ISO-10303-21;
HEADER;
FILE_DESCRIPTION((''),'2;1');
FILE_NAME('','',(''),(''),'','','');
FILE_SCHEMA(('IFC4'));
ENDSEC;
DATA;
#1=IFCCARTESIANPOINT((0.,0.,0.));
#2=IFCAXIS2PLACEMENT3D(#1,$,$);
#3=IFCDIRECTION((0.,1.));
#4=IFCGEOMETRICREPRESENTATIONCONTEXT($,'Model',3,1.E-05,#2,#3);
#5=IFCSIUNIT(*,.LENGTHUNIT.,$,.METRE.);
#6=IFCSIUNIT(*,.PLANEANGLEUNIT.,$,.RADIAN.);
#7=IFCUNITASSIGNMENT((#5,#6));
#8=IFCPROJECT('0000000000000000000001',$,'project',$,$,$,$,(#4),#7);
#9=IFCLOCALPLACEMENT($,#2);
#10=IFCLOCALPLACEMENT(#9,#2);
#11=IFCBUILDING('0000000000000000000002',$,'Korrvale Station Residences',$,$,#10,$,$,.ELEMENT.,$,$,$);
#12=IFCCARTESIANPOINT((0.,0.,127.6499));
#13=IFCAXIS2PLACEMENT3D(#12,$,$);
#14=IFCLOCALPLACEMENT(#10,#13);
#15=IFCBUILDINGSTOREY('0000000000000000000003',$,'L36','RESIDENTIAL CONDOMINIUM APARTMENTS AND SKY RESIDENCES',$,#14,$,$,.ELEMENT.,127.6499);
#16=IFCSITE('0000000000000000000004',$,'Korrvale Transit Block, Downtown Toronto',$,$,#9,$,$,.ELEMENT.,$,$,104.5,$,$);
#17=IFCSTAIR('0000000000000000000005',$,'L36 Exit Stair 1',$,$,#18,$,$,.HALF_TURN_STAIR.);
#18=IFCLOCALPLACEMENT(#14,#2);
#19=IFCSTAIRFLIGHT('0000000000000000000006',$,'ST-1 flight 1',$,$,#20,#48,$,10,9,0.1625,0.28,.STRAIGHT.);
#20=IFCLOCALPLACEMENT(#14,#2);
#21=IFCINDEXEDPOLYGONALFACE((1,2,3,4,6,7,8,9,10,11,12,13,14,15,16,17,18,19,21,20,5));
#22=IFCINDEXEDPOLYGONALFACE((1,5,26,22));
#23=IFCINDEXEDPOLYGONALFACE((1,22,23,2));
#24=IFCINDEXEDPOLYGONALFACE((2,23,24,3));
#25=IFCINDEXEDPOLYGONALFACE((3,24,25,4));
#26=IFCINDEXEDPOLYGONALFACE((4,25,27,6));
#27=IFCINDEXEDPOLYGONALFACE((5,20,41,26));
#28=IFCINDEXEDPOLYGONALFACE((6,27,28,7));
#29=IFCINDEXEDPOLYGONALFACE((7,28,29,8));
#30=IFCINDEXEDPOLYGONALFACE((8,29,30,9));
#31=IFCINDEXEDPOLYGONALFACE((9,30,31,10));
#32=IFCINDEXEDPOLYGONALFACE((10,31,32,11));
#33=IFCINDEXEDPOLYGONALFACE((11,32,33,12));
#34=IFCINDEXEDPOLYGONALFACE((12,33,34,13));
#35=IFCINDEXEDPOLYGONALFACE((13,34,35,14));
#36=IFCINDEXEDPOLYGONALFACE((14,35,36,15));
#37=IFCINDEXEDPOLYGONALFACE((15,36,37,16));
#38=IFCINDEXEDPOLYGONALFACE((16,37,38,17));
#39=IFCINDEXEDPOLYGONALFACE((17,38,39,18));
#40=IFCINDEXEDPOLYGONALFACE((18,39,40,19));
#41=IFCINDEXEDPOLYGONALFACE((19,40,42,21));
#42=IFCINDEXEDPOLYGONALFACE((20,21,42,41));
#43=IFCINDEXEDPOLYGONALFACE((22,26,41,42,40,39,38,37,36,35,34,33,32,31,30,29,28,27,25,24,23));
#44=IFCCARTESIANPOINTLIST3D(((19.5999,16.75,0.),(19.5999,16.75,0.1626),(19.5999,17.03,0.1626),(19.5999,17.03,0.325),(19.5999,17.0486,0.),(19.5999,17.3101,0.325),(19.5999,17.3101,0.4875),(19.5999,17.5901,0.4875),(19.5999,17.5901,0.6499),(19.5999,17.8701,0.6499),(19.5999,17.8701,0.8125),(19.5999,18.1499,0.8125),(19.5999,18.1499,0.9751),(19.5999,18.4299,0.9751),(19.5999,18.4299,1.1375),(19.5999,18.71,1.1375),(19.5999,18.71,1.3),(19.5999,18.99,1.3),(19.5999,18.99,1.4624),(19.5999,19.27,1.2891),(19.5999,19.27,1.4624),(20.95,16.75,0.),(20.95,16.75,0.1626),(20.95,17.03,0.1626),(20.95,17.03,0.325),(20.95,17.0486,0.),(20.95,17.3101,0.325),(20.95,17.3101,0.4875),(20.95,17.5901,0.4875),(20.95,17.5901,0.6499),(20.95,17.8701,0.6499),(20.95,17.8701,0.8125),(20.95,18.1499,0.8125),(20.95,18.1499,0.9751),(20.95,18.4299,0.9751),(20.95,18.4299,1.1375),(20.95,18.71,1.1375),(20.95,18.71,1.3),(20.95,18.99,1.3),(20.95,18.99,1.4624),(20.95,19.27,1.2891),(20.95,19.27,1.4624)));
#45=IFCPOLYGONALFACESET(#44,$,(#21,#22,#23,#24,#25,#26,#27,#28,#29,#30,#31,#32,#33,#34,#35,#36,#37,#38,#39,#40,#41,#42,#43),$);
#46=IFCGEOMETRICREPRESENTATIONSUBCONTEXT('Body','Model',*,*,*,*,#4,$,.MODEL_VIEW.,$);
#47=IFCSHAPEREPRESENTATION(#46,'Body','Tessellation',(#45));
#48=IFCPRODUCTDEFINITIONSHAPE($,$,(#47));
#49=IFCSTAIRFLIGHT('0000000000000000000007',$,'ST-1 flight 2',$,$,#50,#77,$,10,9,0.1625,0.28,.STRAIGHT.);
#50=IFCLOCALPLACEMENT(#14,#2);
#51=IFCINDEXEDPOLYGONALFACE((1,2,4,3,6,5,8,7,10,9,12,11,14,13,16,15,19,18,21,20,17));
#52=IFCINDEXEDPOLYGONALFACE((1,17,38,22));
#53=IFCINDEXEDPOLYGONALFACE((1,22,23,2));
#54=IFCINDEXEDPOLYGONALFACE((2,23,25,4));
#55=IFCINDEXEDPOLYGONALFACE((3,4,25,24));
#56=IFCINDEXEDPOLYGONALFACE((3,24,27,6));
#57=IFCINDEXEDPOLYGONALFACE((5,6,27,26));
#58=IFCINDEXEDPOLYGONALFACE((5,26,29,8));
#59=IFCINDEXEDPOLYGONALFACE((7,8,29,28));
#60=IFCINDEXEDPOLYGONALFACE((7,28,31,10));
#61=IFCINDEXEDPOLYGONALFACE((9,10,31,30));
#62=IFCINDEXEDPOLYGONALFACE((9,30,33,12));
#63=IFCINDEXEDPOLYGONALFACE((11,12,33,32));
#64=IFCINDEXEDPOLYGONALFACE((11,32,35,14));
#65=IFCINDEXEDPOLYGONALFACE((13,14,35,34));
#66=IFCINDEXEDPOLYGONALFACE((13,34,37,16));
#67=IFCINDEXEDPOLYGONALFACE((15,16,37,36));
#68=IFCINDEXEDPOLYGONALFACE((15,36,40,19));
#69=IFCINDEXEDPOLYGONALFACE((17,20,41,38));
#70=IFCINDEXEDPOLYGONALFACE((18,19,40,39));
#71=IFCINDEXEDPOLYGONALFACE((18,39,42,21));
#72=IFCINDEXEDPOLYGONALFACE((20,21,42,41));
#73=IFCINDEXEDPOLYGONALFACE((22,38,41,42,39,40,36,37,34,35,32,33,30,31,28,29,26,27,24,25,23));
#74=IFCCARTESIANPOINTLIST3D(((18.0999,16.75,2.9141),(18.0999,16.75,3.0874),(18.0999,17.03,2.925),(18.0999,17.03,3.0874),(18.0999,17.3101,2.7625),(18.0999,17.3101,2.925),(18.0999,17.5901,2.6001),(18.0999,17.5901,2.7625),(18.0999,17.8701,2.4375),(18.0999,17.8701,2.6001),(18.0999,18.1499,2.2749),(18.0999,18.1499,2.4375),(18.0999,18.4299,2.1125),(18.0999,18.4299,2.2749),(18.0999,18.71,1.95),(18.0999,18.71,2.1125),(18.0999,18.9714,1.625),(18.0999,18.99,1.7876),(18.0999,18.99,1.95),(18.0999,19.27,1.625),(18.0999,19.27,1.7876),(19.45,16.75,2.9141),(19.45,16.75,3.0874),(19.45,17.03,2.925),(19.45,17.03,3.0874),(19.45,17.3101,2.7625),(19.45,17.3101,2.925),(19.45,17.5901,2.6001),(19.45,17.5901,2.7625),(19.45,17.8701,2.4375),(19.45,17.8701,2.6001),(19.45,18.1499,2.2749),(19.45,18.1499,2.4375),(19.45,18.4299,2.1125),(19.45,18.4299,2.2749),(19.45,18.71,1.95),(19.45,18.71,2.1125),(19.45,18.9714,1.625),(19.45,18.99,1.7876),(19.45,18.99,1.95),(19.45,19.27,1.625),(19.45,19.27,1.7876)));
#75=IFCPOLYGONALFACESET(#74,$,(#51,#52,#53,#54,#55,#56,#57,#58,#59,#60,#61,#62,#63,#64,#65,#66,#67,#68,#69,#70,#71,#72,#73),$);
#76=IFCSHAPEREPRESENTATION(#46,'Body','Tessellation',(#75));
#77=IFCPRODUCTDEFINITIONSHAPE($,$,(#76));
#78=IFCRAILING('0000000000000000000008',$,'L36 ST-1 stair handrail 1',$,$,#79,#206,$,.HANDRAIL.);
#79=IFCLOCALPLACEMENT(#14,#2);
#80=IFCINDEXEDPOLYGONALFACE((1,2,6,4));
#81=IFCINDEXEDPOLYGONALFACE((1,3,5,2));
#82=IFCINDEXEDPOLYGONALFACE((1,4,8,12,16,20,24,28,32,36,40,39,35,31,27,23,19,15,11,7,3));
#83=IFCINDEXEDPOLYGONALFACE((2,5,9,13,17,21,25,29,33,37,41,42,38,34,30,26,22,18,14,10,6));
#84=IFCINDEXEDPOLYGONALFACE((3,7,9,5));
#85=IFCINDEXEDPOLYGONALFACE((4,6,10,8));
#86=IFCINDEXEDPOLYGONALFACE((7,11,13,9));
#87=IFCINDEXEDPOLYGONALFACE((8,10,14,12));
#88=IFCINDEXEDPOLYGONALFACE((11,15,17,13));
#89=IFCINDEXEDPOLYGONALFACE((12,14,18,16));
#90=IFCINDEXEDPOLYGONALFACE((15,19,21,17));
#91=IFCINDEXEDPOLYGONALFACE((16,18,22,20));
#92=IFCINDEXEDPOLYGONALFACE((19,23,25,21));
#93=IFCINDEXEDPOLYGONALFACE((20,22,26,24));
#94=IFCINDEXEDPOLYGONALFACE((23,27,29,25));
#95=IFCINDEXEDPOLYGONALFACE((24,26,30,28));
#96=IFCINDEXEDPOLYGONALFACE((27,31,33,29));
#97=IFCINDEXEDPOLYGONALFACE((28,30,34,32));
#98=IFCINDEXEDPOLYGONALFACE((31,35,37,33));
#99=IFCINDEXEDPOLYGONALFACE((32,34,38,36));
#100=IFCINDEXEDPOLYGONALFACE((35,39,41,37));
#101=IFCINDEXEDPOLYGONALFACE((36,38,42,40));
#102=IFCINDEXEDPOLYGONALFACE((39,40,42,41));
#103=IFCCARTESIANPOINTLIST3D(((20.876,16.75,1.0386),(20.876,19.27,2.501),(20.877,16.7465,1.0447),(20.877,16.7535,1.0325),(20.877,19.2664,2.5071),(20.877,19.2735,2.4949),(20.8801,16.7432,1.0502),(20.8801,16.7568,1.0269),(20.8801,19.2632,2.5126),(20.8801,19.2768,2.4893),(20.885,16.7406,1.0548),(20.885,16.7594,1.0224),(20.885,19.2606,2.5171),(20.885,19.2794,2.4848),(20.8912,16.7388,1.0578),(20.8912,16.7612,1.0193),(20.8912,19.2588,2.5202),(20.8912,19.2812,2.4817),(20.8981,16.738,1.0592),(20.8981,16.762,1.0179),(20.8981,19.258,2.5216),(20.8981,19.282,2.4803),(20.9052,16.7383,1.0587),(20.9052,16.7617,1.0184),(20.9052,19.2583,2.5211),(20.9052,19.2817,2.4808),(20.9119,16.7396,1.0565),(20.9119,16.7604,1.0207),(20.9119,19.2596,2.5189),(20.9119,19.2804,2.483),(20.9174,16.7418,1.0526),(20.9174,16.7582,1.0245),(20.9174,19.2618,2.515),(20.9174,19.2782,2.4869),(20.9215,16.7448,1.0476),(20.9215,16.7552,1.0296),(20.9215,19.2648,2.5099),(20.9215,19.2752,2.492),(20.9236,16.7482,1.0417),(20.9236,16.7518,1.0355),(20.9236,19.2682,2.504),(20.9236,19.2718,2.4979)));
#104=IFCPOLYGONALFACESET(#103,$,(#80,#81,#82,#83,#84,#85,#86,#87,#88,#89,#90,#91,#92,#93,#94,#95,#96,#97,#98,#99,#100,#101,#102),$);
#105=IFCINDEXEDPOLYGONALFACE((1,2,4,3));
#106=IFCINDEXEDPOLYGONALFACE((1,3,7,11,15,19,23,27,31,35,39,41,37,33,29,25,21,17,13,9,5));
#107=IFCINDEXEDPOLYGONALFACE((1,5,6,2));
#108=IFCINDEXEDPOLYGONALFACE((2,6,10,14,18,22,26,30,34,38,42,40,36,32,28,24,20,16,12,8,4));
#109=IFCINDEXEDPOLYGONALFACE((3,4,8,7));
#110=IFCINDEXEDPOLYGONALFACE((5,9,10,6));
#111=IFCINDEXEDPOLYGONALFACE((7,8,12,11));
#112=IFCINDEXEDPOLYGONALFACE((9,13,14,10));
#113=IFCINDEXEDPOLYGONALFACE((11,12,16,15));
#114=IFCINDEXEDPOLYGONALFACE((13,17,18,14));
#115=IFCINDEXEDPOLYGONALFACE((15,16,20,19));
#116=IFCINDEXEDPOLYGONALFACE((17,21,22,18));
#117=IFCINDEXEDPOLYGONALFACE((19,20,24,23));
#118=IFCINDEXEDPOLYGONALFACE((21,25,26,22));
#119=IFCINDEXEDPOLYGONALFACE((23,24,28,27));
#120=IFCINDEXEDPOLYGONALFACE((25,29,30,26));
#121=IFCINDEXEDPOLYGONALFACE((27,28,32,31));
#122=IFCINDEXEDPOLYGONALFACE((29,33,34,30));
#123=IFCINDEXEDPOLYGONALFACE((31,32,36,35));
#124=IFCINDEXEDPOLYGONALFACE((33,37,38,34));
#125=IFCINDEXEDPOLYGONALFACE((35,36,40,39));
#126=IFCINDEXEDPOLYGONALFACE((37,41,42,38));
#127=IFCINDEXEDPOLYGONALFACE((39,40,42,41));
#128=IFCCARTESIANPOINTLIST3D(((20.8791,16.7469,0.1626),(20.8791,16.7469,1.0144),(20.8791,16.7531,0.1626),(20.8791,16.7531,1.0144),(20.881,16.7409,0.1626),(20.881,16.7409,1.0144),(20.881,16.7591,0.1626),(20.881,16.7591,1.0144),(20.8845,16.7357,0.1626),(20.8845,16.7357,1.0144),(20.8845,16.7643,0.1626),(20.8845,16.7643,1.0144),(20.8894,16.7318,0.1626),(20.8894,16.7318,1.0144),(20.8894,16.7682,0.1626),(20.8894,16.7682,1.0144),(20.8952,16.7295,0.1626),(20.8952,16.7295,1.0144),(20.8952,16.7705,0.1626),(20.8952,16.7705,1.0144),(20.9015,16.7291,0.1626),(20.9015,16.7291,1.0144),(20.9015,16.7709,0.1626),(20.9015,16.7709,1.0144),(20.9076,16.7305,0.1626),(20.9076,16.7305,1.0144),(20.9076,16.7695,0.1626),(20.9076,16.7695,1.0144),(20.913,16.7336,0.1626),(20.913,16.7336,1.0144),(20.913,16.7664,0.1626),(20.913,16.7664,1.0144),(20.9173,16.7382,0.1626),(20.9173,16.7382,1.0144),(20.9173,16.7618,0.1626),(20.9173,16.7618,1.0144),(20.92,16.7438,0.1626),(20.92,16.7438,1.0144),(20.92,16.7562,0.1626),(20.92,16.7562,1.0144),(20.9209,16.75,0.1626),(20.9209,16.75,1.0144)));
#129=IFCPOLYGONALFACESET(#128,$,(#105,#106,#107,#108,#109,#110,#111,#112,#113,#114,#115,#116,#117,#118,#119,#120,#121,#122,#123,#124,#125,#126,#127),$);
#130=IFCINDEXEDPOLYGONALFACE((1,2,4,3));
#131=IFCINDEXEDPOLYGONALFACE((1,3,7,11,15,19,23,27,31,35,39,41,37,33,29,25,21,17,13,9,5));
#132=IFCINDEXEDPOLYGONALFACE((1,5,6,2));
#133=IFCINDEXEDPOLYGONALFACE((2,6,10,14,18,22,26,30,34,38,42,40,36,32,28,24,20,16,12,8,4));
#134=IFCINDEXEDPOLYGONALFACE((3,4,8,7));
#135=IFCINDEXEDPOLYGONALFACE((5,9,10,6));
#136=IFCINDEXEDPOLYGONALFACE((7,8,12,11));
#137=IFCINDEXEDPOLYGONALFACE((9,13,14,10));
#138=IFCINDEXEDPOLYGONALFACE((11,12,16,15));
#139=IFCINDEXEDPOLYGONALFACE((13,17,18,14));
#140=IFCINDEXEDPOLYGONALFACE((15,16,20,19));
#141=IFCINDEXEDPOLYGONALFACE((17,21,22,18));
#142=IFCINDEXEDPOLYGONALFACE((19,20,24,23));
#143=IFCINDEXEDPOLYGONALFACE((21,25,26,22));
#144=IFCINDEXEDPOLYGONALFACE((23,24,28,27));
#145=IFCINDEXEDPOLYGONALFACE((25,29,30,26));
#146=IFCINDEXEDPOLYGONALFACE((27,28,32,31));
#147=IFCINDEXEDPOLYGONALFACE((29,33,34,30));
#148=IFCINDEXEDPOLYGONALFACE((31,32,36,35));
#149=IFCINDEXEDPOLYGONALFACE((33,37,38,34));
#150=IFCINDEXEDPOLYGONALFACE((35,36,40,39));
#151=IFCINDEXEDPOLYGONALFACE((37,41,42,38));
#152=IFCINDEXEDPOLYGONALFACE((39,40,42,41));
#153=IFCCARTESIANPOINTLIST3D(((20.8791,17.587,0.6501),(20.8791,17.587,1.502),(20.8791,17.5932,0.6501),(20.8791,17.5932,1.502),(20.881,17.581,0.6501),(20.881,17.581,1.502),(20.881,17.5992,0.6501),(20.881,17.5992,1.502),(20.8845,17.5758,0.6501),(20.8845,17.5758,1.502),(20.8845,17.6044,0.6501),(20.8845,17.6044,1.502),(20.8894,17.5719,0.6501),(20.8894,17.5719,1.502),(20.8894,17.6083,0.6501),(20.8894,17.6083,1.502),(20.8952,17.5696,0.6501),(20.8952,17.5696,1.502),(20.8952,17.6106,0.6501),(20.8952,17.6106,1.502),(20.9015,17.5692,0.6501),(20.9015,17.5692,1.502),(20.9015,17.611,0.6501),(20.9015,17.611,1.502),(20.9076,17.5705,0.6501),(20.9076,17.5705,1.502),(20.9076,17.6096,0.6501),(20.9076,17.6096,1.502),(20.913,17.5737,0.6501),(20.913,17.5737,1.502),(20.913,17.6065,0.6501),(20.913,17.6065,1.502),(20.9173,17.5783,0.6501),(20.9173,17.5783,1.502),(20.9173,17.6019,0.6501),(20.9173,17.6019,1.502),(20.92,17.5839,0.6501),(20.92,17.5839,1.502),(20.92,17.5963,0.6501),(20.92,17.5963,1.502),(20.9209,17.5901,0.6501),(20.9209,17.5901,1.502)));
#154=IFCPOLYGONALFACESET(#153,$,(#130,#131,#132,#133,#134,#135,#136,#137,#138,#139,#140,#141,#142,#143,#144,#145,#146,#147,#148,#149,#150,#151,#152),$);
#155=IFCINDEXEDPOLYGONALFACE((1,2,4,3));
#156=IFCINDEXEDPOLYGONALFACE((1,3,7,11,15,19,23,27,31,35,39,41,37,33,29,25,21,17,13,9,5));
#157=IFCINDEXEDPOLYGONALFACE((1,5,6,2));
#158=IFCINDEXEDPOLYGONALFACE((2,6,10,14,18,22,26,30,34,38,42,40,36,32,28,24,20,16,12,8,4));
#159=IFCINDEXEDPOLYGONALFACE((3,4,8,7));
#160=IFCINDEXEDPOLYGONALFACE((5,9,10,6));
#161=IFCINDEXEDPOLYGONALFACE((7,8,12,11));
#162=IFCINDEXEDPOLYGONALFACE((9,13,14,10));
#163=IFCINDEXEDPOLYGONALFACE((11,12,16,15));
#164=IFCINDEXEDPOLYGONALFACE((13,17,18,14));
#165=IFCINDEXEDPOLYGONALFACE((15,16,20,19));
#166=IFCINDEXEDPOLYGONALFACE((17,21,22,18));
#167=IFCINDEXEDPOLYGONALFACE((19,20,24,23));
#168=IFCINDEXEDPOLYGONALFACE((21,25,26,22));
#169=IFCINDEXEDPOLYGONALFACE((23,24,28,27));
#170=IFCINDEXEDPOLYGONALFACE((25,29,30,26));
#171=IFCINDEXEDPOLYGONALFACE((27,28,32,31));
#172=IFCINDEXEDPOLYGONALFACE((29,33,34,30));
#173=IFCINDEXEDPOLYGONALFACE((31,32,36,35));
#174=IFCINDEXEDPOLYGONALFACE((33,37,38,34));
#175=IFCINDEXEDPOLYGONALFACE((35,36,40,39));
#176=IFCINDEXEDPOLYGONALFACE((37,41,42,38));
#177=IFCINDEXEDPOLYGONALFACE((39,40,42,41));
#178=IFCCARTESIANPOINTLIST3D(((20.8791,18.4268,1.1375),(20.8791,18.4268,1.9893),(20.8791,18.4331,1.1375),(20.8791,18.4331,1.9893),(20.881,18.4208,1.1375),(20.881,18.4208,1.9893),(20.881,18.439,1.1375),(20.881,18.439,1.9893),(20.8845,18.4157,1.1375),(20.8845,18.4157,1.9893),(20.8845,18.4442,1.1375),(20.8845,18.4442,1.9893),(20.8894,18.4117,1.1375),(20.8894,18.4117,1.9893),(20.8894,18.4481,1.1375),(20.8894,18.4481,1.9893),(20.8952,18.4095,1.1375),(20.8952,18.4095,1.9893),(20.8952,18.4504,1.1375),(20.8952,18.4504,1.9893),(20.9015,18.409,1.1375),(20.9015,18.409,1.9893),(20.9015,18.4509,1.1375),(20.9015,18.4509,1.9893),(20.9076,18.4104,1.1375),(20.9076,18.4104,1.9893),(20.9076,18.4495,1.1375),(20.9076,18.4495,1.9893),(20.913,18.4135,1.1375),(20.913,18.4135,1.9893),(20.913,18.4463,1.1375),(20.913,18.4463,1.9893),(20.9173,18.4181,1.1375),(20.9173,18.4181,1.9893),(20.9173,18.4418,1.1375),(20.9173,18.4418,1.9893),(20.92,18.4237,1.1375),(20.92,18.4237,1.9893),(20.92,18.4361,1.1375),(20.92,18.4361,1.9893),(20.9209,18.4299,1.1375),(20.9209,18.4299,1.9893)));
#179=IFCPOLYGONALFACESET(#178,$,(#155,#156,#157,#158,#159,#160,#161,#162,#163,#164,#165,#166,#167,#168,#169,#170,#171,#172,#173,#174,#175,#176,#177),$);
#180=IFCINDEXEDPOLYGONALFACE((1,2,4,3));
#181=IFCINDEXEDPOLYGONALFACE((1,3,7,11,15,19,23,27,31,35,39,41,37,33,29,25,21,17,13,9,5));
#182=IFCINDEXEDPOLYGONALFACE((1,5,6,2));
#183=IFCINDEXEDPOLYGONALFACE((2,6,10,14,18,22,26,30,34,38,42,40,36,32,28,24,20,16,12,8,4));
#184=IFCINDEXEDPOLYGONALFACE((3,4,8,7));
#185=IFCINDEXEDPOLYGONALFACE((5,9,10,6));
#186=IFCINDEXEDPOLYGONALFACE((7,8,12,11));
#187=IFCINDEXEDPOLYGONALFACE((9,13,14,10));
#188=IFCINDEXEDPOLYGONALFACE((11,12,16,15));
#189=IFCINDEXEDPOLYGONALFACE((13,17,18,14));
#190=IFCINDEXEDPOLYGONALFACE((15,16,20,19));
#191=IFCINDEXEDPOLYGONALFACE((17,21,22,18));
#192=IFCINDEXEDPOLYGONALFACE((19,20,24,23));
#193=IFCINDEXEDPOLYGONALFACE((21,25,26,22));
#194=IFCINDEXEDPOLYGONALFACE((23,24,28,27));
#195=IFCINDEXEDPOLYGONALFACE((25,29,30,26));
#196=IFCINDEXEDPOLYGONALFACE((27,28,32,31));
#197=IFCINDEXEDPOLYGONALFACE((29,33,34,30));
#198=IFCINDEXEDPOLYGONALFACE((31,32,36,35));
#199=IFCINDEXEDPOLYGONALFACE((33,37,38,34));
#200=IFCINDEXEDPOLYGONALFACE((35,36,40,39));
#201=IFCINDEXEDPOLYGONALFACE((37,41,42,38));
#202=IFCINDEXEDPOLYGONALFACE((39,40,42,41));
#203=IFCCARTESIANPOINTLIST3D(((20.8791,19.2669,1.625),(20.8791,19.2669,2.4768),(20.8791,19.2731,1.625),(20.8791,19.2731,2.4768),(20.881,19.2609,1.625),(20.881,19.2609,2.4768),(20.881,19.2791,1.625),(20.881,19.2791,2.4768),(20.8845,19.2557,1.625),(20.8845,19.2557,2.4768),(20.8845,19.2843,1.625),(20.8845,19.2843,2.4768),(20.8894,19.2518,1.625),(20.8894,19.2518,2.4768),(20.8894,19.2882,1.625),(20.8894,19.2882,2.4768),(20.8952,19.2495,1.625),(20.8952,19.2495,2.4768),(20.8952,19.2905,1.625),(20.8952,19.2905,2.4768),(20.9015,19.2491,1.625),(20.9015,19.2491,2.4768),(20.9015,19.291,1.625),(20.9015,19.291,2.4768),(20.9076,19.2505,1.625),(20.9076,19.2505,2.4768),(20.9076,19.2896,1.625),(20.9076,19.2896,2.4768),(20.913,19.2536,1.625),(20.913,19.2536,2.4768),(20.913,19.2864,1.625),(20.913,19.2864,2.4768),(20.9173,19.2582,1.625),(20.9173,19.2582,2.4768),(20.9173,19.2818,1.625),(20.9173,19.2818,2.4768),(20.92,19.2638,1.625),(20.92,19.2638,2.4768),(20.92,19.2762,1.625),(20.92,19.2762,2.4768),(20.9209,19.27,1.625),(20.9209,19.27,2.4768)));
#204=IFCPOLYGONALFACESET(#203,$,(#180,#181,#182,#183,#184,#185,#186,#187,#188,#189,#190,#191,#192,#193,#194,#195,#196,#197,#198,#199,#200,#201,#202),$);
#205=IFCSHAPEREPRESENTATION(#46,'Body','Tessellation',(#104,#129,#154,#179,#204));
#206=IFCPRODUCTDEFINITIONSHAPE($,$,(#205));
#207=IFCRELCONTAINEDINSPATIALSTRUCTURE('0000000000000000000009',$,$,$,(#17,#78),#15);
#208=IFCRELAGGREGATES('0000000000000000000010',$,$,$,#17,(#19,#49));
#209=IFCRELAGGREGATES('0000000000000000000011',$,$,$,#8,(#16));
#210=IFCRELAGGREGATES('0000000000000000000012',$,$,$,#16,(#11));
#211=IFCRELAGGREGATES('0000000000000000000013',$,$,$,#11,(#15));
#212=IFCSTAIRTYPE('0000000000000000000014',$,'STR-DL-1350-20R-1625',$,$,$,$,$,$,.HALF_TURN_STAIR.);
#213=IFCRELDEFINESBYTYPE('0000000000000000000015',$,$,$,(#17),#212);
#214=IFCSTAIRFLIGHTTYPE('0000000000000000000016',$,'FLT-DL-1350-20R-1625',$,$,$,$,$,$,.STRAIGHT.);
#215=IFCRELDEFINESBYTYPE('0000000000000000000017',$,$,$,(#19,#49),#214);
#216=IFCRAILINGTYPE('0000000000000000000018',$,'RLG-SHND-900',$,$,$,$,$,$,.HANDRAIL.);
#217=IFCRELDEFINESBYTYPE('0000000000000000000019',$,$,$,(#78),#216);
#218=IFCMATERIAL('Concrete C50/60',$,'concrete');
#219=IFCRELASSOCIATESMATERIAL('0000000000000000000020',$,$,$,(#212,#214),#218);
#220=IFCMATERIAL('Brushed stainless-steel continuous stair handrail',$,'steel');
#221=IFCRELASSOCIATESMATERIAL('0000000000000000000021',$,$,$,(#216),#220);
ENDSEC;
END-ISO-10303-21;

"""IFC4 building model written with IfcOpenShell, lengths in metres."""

from ifc_helpers import new_model, si_unit, direction, frame, origin, origin_2d, place, context, subcontext, project, spatial, polyline, circle, outline, extrude, material, type_object, element, aggregate, save


model = new_model("IFC4")

# Units and contexts
model_context = context("Model", 3, precision=1e-05, world=origin(), true_north=direction((0.0, 1.0)))
body_context = subcontext(model_context, "Body", "Model", "MODEL_VIEW")
ifc_project = project(units=[si_unit("LENGTHUNIT", "METRE"), si_unit("PLANEANGLEUNIT", "RADIAN")], contexts=[model_context])

# Site, building, storey
site_placement = place(None, origin())
site = spatial("IfcSite", under=ifc_project, at=site_placement, Name="Korrvale Transit Block, Downtown Toronto", CompositionType="ELEMENT", RefElevation=104.5)
building_placement = place(site_placement, origin())
building = spatial("IfcBuilding", under=site, at=building_placement, Name="Korrvale Station Residences", CompositionType="ELEMENT")
storey_placement = place(building_placement, frame((0.0, 0.0, 127.6499)))
storey = spatial("IfcBuildingStorey", under=building, at=storey_placement, Name="L36", Description="RESIDENTIAL CONDOMINIUM APARTMENTS AND SKY RESIDENCES", CompositionType="ELEMENT", Elevation=127.6499)

# Stair, stair flights
ifc_material_1 = material(Name="Concrete C50/60", Category="concrete")
stair_type = type_object("IfcStairType", Name="STR-DL-1350-20R-1625", PredefinedType="HALF_TURN_STAIR", material=ifc_material_1)
stair_placement = place(storey_placement, origin())
stair = element("IfcStair", 1, at=stair_placement, inside=storey, type_object=stair_type, Name="L36 Exit Stair 1", PredefinedType="HALF_TURN_STAIR")
stair_flight_type = type_object("IfcStairFlightType", Name="FLT-DL-1350-20R-1625", PredefinedType="STRAIGHT", material=ifc_material_1)
stair_flight_1_placement = place(storey_placement, frame((20.2749, 16.75, 0.0), z_axis=(0.0, 0.0, 1.0), x_axis=(0.0, 1.0, 0.0)))
stair_flight_1 = element("IfcStairFlight", 2, at=stair_flight_1_placement, type_object=stair_flight_type, Name="ST-1 flight 1", NumberOfRisers=10, NumberOfTreads=9, PredefinedType="STRAIGHT", RiserHeight=0.1625, TreadLength=0.28, context=body_context, shape_type="SweptSolid", body=[
    extrude(outline(polyline([(0.0, 0.0), (0.0, 0.1626), (0.28, 0.1626), (0.28, 0.325), (0.5601, 0.325), (0.5601, 0.4875), (0.8401, 0.4875), (0.8401, 0.6499), (1.1201, 0.6499), (1.1201, 0.8125), (1.3999, 0.8125), (1.3999, 0.9751), (1.6799, 0.9751), (1.6799, 1.1375), (1.96, 1.1375), (1.96, 1.3), (2.24, 1.3), (2.24, 1.4624), (2.52, 1.4624), (2.52, 1.625), (2.52, 1.2891), (0.2986, 0.0), (0.0, 0.0)])), frame((0.0, 0.675, 0.0), z_axis=(0.0, -1.0, 0.0), x_axis=(1.0, 0.0, 0.0)), (0.0, 0.0, 1.0), 1.3501),
])
stair_flight_2_placement = place(storey_placement, frame((18.7749, 19.27, 1.625), z_axis=(0.0, 0.0, 1.0), x_axis=(0.0, -1.0, 0.0)))
stair_flight_2 = element("IfcStairFlight", 3, at=stair_flight_2_placement, type_object=stair_flight_type, Name="ST-1 flight 2", NumberOfRisers=10, NumberOfTreads=9, PredefinedType="STRAIGHT", RiserHeight=0.1625, TreadLength=0.28, context=body_context, shape_type="SweptSolid", body=[
    extrude(outline(polyline([(0.0, 0.0), (0.0, 0.1626), (0.28, 0.1626), (0.28, 0.325), (0.5601, 0.325), (0.5601, 0.4875), (0.8401, 0.4875), (0.8401, 0.6499), (1.1201, 0.6499), (1.1201, 0.8125), (1.3999, 0.8125), (1.3999, 0.9751), (1.6799, 0.9751), (1.6799, 1.1375), (1.96, 1.1375), (1.96, 1.3), (2.24, 1.3), (2.24, 1.4624), (2.52, 1.4624), (2.52, 1.625), (2.52, 1.2891), (0.2986, 0.0), (0.0, 0.0)])), frame((0.0, 0.675, 0.0), z_axis=(0.0, -1.0, 0.0), x_axis=(1.0, 0.0, 0.0)), (0.0, 0.0, 1.0), 1.3501),
])
aggregate(stair, [stair_flight_1, stair_flight_2])

# Railing
ifc_material_2 = material(Name="Brushed stainless-steel continuous stair handrail", Category="steel")
railing_type_1 = type_object("IfcRailingType", Name="RLG-SHND-900", PredefinedType="HANDRAIL", material=ifc_material_2)
railing_1_placement = place(storey_placement, frame((20.8999, 16.75, 0.1626)))
element("IfcRailing", 4, at=railing_1_placement, inside=storey, type_object=railing_type_1, Name="L36 ST-1 stair handrail 1", PredefinedType="HANDRAIL", context=body_context, shape_type="SweptSolid", body=[
    extrude(circle(Radius=0.0239, at=origin_2d()), frame((0.0, 0.0, 0.876), z_axis=(0.0, 0.864913, 0.501921), x_axis=(-1.0, 0.0, 0.0)), (0.0, 0.0, 1.0), 2.9136),
    extrude(circle(Radius=0.021, at=origin_2d()), origin(), (0.0, 0.0, 1.0), 0.8518),
    extrude(circle(Radius=0.021, at=origin_2d()), frame((0.0, 0.8401, 0.4875)), (0.0, 0.0, 1.0), 0.8518),
    extrude(circle(Radius=0.021, at=origin_2d()), frame((0.0, 1.6799, 0.9749)), (0.0, 0.0, 1.0), 0.8518),
    extrude(circle(Radius=0.021, at=origin_2d()), frame((0.0, 2.52, 1.4624)), (0.0, 0.0, 1.0), 0.8518),
])

save(model, "model.ifc")
